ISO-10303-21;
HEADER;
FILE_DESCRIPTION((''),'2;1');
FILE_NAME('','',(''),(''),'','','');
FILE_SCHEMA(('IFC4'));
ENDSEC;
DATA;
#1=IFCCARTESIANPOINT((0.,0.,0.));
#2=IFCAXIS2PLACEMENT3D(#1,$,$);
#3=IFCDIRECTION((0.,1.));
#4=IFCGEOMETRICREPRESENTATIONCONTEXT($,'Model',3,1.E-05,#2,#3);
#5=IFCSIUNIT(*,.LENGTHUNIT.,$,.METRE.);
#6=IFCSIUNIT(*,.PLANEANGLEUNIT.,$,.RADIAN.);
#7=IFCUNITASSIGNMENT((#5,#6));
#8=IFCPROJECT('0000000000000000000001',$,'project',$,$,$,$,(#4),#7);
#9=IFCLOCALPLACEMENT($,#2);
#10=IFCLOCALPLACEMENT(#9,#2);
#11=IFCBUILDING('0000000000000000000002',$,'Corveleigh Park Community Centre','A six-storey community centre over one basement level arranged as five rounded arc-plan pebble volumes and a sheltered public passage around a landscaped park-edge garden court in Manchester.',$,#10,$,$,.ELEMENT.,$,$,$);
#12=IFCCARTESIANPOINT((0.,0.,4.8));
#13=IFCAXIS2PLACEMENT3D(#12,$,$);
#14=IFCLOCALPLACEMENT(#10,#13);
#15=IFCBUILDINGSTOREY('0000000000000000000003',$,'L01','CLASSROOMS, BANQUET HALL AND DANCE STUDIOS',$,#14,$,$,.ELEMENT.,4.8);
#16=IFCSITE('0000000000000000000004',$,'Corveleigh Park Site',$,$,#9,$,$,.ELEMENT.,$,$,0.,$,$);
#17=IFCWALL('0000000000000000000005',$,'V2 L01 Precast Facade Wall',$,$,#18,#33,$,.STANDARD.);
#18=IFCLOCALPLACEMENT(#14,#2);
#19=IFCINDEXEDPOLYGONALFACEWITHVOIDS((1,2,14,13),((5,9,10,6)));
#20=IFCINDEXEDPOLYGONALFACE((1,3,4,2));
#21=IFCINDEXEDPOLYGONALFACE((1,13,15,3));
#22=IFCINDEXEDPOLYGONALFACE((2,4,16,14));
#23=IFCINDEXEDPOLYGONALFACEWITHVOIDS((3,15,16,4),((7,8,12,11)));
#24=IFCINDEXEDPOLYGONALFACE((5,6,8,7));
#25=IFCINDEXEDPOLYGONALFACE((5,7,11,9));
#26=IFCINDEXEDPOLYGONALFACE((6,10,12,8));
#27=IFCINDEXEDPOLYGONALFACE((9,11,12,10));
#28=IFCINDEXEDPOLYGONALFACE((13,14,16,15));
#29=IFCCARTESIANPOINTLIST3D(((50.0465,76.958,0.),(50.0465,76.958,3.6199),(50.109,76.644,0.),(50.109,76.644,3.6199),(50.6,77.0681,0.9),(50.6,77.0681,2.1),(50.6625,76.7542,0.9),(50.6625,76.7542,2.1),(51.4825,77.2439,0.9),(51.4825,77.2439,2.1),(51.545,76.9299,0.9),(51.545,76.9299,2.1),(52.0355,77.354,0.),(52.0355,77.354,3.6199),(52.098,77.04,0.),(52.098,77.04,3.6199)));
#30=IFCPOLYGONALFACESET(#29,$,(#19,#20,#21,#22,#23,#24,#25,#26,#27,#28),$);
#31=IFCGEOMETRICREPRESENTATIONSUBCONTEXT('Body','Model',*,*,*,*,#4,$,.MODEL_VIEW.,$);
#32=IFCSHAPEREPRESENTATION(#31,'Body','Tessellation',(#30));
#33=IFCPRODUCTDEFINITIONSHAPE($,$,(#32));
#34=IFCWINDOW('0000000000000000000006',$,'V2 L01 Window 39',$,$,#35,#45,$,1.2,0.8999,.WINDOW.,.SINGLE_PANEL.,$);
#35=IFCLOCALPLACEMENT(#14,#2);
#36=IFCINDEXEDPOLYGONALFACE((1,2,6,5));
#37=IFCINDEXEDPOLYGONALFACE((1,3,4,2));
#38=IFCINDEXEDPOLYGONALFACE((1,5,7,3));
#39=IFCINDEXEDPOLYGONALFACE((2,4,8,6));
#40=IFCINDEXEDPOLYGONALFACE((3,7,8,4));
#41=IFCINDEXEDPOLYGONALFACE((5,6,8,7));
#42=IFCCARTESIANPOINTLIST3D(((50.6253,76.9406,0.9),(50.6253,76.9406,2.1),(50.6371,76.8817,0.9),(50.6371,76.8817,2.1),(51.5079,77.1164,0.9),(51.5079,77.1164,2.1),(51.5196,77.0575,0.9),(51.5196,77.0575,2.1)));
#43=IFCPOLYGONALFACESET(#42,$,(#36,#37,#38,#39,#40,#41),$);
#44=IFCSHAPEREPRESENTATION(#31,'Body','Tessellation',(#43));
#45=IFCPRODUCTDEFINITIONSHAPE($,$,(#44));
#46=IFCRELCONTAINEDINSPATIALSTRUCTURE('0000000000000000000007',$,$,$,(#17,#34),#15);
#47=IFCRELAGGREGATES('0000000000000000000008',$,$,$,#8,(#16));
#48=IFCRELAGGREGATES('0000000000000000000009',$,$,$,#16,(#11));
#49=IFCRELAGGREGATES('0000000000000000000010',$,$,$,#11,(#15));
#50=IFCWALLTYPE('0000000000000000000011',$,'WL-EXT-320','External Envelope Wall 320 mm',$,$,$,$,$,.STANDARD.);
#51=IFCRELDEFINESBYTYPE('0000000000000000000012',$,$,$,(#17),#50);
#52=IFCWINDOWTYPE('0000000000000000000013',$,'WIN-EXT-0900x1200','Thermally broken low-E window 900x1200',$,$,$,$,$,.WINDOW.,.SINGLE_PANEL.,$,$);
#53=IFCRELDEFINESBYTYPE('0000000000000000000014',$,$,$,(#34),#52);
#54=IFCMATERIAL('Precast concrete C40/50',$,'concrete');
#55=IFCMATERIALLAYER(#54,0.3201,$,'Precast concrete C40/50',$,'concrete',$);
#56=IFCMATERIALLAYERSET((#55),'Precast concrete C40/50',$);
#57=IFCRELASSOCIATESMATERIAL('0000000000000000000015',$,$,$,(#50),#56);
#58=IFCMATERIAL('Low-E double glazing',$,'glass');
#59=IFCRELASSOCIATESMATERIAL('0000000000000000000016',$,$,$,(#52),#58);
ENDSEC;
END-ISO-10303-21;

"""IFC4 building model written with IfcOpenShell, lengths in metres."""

from ifc_helpers import new_model, si_unit, direction, frame, frame_2d, origin, place, context, subcontext, project, spatial, rectangle, extrude, material, layer, layer_set, type_object, element, fill, save


model = new_model("IFC4")

# Units and contexts
model_context = context("Model", 3, precision=1e-05, world=origin(), true_north=direction((0.0, 1.0)))
body_context = subcontext(model_context, "Body", "Model", "MODEL_VIEW")
ifc_project = project(units=[si_unit("LENGTHUNIT", "METRE"), si_unit("PLANEANGLEUNIT", "RADIAN")], contexts=[model_context])

# Site, building, storey
site_placement = place(None, origin())
site = spatial("IfcSite", under=ifc_project, at=site_placement, Name="Corveleigh Park Site", CompositionType="ELEMENT", RefElevation=0.0)
building_placement = place(site_placement, origin())
building = spatial("IfcBuilding", under=site, at=building_placement, Name="Corveleigh Park Community Centre", Description="A six-storey community centre over one basement level arranged as five rounded arc-plan pebble volumes and a sheltered public passage around a landscaped park-edge garden court in Manchester.", CompositionType="ELEMENT")
storey_placement = place(building_placement, frame((0.0, 0.0, 4.8)))
storey = spatial("IfcBuildingStorey", under=building, at=storey_placement, Name="L01", Description="CLASSROOMS, BANQUET HALL AND DANCE STUDIOS", CompositionType="ELEMENT", Elevation=4.8)

# Shared definitions
ifc_material_1 = material(Name="Low-E double glazing", Category="glass")

# Wall, opening, window
ifc_material_2 = material(Name="Precast concrete C40/50", Category="concrete")
ifc_layer_1 = layer(ifc_material_2, 0.3201, Name="Precast concrete C40/50", Category="concrete")
ifc_layer_set_1 = layer_set([ifc_layer_1], Name="Precast concrete C40/50")
wall_type = type_object("IfcWallType", Name="WL-EXT-320", Description="External Envelope Wall 320 mm", PredefinedType="STANDARD", material=ifc_layer_set_1)
wall_placement = place(storey_placement, frame((52.0669, 77.197, 0.0), z_axis=(0.0, 0.0, 1.0), x_axis=(-0.980752, -0.195259, 0.0)))
wall = element("IfcWall", 1, at=wall_placement, inside=storey, type_object=wall_type, Name="V2 L01 Precast Facade Wall", PredefinedType="STANDARD", context=body_context, shape_type="SweptSolid", body=[
    extrude(rectangle(XDim=2.0281, YDim=0.3201, at=frame_2d((1.0142, 0.0))), origin(), (0.0, 0.0, 1.0), 3.6199),
])
opening_placement = place(wall_placement, frame((0.564, 0.0, 0.8999)))
opening = element("IfcOpeningElement", 2, at=opening_placement, cuts=wall, PredefinedType="OPENING", context=body_context, shape_type="SweptSolid", body=[
    extrude(rectangle(XDim=0.8999, YDim=1.2, at=frame_2d((0.45, 0.6001))), frame((0.0, 0.1699, 0.0), z_axis=(0.0, -1.0, 0.0), x_axis=(1.0, 0.0, 0.0)), (0.0, 0.0, 1.0), 0.3401),
])
window_type = type_object("IfcWindowType", Name="WIN-EXT-0900x1200", Description="Thermally broken low-E window 900x1200", PartitioningType="SINGLE_PANEL", PredefinedType="WINDOW", material=ifc_material_1)
window_placement = place(opening_placement, origin())
window = element("IfcWindow", 3, at=window_placement, inside=storey, type_object=window_type, Name="V2 L01 Window 39", OverallHeight=1.2, OverallWidth=0.8999, PartitioningType="SINGLE_PANEL", PredefinedType="WINDOW", context=body_context, shape_type="SweptSolid", body=[
    extrude(rectangle(XDim=0.8999, YDim=1.2, at=frame_2d((0.45, 0.6001))), frame((0.0, 0.03, 0.0), z_axis=(0.0, -1.0, 0.0), x_axis=(1.0, 0.0, 0.0)), (0.0, 0.0, 1.0), 0.0601),
])
fill(opening, window)

save(model, "model.ifc")
